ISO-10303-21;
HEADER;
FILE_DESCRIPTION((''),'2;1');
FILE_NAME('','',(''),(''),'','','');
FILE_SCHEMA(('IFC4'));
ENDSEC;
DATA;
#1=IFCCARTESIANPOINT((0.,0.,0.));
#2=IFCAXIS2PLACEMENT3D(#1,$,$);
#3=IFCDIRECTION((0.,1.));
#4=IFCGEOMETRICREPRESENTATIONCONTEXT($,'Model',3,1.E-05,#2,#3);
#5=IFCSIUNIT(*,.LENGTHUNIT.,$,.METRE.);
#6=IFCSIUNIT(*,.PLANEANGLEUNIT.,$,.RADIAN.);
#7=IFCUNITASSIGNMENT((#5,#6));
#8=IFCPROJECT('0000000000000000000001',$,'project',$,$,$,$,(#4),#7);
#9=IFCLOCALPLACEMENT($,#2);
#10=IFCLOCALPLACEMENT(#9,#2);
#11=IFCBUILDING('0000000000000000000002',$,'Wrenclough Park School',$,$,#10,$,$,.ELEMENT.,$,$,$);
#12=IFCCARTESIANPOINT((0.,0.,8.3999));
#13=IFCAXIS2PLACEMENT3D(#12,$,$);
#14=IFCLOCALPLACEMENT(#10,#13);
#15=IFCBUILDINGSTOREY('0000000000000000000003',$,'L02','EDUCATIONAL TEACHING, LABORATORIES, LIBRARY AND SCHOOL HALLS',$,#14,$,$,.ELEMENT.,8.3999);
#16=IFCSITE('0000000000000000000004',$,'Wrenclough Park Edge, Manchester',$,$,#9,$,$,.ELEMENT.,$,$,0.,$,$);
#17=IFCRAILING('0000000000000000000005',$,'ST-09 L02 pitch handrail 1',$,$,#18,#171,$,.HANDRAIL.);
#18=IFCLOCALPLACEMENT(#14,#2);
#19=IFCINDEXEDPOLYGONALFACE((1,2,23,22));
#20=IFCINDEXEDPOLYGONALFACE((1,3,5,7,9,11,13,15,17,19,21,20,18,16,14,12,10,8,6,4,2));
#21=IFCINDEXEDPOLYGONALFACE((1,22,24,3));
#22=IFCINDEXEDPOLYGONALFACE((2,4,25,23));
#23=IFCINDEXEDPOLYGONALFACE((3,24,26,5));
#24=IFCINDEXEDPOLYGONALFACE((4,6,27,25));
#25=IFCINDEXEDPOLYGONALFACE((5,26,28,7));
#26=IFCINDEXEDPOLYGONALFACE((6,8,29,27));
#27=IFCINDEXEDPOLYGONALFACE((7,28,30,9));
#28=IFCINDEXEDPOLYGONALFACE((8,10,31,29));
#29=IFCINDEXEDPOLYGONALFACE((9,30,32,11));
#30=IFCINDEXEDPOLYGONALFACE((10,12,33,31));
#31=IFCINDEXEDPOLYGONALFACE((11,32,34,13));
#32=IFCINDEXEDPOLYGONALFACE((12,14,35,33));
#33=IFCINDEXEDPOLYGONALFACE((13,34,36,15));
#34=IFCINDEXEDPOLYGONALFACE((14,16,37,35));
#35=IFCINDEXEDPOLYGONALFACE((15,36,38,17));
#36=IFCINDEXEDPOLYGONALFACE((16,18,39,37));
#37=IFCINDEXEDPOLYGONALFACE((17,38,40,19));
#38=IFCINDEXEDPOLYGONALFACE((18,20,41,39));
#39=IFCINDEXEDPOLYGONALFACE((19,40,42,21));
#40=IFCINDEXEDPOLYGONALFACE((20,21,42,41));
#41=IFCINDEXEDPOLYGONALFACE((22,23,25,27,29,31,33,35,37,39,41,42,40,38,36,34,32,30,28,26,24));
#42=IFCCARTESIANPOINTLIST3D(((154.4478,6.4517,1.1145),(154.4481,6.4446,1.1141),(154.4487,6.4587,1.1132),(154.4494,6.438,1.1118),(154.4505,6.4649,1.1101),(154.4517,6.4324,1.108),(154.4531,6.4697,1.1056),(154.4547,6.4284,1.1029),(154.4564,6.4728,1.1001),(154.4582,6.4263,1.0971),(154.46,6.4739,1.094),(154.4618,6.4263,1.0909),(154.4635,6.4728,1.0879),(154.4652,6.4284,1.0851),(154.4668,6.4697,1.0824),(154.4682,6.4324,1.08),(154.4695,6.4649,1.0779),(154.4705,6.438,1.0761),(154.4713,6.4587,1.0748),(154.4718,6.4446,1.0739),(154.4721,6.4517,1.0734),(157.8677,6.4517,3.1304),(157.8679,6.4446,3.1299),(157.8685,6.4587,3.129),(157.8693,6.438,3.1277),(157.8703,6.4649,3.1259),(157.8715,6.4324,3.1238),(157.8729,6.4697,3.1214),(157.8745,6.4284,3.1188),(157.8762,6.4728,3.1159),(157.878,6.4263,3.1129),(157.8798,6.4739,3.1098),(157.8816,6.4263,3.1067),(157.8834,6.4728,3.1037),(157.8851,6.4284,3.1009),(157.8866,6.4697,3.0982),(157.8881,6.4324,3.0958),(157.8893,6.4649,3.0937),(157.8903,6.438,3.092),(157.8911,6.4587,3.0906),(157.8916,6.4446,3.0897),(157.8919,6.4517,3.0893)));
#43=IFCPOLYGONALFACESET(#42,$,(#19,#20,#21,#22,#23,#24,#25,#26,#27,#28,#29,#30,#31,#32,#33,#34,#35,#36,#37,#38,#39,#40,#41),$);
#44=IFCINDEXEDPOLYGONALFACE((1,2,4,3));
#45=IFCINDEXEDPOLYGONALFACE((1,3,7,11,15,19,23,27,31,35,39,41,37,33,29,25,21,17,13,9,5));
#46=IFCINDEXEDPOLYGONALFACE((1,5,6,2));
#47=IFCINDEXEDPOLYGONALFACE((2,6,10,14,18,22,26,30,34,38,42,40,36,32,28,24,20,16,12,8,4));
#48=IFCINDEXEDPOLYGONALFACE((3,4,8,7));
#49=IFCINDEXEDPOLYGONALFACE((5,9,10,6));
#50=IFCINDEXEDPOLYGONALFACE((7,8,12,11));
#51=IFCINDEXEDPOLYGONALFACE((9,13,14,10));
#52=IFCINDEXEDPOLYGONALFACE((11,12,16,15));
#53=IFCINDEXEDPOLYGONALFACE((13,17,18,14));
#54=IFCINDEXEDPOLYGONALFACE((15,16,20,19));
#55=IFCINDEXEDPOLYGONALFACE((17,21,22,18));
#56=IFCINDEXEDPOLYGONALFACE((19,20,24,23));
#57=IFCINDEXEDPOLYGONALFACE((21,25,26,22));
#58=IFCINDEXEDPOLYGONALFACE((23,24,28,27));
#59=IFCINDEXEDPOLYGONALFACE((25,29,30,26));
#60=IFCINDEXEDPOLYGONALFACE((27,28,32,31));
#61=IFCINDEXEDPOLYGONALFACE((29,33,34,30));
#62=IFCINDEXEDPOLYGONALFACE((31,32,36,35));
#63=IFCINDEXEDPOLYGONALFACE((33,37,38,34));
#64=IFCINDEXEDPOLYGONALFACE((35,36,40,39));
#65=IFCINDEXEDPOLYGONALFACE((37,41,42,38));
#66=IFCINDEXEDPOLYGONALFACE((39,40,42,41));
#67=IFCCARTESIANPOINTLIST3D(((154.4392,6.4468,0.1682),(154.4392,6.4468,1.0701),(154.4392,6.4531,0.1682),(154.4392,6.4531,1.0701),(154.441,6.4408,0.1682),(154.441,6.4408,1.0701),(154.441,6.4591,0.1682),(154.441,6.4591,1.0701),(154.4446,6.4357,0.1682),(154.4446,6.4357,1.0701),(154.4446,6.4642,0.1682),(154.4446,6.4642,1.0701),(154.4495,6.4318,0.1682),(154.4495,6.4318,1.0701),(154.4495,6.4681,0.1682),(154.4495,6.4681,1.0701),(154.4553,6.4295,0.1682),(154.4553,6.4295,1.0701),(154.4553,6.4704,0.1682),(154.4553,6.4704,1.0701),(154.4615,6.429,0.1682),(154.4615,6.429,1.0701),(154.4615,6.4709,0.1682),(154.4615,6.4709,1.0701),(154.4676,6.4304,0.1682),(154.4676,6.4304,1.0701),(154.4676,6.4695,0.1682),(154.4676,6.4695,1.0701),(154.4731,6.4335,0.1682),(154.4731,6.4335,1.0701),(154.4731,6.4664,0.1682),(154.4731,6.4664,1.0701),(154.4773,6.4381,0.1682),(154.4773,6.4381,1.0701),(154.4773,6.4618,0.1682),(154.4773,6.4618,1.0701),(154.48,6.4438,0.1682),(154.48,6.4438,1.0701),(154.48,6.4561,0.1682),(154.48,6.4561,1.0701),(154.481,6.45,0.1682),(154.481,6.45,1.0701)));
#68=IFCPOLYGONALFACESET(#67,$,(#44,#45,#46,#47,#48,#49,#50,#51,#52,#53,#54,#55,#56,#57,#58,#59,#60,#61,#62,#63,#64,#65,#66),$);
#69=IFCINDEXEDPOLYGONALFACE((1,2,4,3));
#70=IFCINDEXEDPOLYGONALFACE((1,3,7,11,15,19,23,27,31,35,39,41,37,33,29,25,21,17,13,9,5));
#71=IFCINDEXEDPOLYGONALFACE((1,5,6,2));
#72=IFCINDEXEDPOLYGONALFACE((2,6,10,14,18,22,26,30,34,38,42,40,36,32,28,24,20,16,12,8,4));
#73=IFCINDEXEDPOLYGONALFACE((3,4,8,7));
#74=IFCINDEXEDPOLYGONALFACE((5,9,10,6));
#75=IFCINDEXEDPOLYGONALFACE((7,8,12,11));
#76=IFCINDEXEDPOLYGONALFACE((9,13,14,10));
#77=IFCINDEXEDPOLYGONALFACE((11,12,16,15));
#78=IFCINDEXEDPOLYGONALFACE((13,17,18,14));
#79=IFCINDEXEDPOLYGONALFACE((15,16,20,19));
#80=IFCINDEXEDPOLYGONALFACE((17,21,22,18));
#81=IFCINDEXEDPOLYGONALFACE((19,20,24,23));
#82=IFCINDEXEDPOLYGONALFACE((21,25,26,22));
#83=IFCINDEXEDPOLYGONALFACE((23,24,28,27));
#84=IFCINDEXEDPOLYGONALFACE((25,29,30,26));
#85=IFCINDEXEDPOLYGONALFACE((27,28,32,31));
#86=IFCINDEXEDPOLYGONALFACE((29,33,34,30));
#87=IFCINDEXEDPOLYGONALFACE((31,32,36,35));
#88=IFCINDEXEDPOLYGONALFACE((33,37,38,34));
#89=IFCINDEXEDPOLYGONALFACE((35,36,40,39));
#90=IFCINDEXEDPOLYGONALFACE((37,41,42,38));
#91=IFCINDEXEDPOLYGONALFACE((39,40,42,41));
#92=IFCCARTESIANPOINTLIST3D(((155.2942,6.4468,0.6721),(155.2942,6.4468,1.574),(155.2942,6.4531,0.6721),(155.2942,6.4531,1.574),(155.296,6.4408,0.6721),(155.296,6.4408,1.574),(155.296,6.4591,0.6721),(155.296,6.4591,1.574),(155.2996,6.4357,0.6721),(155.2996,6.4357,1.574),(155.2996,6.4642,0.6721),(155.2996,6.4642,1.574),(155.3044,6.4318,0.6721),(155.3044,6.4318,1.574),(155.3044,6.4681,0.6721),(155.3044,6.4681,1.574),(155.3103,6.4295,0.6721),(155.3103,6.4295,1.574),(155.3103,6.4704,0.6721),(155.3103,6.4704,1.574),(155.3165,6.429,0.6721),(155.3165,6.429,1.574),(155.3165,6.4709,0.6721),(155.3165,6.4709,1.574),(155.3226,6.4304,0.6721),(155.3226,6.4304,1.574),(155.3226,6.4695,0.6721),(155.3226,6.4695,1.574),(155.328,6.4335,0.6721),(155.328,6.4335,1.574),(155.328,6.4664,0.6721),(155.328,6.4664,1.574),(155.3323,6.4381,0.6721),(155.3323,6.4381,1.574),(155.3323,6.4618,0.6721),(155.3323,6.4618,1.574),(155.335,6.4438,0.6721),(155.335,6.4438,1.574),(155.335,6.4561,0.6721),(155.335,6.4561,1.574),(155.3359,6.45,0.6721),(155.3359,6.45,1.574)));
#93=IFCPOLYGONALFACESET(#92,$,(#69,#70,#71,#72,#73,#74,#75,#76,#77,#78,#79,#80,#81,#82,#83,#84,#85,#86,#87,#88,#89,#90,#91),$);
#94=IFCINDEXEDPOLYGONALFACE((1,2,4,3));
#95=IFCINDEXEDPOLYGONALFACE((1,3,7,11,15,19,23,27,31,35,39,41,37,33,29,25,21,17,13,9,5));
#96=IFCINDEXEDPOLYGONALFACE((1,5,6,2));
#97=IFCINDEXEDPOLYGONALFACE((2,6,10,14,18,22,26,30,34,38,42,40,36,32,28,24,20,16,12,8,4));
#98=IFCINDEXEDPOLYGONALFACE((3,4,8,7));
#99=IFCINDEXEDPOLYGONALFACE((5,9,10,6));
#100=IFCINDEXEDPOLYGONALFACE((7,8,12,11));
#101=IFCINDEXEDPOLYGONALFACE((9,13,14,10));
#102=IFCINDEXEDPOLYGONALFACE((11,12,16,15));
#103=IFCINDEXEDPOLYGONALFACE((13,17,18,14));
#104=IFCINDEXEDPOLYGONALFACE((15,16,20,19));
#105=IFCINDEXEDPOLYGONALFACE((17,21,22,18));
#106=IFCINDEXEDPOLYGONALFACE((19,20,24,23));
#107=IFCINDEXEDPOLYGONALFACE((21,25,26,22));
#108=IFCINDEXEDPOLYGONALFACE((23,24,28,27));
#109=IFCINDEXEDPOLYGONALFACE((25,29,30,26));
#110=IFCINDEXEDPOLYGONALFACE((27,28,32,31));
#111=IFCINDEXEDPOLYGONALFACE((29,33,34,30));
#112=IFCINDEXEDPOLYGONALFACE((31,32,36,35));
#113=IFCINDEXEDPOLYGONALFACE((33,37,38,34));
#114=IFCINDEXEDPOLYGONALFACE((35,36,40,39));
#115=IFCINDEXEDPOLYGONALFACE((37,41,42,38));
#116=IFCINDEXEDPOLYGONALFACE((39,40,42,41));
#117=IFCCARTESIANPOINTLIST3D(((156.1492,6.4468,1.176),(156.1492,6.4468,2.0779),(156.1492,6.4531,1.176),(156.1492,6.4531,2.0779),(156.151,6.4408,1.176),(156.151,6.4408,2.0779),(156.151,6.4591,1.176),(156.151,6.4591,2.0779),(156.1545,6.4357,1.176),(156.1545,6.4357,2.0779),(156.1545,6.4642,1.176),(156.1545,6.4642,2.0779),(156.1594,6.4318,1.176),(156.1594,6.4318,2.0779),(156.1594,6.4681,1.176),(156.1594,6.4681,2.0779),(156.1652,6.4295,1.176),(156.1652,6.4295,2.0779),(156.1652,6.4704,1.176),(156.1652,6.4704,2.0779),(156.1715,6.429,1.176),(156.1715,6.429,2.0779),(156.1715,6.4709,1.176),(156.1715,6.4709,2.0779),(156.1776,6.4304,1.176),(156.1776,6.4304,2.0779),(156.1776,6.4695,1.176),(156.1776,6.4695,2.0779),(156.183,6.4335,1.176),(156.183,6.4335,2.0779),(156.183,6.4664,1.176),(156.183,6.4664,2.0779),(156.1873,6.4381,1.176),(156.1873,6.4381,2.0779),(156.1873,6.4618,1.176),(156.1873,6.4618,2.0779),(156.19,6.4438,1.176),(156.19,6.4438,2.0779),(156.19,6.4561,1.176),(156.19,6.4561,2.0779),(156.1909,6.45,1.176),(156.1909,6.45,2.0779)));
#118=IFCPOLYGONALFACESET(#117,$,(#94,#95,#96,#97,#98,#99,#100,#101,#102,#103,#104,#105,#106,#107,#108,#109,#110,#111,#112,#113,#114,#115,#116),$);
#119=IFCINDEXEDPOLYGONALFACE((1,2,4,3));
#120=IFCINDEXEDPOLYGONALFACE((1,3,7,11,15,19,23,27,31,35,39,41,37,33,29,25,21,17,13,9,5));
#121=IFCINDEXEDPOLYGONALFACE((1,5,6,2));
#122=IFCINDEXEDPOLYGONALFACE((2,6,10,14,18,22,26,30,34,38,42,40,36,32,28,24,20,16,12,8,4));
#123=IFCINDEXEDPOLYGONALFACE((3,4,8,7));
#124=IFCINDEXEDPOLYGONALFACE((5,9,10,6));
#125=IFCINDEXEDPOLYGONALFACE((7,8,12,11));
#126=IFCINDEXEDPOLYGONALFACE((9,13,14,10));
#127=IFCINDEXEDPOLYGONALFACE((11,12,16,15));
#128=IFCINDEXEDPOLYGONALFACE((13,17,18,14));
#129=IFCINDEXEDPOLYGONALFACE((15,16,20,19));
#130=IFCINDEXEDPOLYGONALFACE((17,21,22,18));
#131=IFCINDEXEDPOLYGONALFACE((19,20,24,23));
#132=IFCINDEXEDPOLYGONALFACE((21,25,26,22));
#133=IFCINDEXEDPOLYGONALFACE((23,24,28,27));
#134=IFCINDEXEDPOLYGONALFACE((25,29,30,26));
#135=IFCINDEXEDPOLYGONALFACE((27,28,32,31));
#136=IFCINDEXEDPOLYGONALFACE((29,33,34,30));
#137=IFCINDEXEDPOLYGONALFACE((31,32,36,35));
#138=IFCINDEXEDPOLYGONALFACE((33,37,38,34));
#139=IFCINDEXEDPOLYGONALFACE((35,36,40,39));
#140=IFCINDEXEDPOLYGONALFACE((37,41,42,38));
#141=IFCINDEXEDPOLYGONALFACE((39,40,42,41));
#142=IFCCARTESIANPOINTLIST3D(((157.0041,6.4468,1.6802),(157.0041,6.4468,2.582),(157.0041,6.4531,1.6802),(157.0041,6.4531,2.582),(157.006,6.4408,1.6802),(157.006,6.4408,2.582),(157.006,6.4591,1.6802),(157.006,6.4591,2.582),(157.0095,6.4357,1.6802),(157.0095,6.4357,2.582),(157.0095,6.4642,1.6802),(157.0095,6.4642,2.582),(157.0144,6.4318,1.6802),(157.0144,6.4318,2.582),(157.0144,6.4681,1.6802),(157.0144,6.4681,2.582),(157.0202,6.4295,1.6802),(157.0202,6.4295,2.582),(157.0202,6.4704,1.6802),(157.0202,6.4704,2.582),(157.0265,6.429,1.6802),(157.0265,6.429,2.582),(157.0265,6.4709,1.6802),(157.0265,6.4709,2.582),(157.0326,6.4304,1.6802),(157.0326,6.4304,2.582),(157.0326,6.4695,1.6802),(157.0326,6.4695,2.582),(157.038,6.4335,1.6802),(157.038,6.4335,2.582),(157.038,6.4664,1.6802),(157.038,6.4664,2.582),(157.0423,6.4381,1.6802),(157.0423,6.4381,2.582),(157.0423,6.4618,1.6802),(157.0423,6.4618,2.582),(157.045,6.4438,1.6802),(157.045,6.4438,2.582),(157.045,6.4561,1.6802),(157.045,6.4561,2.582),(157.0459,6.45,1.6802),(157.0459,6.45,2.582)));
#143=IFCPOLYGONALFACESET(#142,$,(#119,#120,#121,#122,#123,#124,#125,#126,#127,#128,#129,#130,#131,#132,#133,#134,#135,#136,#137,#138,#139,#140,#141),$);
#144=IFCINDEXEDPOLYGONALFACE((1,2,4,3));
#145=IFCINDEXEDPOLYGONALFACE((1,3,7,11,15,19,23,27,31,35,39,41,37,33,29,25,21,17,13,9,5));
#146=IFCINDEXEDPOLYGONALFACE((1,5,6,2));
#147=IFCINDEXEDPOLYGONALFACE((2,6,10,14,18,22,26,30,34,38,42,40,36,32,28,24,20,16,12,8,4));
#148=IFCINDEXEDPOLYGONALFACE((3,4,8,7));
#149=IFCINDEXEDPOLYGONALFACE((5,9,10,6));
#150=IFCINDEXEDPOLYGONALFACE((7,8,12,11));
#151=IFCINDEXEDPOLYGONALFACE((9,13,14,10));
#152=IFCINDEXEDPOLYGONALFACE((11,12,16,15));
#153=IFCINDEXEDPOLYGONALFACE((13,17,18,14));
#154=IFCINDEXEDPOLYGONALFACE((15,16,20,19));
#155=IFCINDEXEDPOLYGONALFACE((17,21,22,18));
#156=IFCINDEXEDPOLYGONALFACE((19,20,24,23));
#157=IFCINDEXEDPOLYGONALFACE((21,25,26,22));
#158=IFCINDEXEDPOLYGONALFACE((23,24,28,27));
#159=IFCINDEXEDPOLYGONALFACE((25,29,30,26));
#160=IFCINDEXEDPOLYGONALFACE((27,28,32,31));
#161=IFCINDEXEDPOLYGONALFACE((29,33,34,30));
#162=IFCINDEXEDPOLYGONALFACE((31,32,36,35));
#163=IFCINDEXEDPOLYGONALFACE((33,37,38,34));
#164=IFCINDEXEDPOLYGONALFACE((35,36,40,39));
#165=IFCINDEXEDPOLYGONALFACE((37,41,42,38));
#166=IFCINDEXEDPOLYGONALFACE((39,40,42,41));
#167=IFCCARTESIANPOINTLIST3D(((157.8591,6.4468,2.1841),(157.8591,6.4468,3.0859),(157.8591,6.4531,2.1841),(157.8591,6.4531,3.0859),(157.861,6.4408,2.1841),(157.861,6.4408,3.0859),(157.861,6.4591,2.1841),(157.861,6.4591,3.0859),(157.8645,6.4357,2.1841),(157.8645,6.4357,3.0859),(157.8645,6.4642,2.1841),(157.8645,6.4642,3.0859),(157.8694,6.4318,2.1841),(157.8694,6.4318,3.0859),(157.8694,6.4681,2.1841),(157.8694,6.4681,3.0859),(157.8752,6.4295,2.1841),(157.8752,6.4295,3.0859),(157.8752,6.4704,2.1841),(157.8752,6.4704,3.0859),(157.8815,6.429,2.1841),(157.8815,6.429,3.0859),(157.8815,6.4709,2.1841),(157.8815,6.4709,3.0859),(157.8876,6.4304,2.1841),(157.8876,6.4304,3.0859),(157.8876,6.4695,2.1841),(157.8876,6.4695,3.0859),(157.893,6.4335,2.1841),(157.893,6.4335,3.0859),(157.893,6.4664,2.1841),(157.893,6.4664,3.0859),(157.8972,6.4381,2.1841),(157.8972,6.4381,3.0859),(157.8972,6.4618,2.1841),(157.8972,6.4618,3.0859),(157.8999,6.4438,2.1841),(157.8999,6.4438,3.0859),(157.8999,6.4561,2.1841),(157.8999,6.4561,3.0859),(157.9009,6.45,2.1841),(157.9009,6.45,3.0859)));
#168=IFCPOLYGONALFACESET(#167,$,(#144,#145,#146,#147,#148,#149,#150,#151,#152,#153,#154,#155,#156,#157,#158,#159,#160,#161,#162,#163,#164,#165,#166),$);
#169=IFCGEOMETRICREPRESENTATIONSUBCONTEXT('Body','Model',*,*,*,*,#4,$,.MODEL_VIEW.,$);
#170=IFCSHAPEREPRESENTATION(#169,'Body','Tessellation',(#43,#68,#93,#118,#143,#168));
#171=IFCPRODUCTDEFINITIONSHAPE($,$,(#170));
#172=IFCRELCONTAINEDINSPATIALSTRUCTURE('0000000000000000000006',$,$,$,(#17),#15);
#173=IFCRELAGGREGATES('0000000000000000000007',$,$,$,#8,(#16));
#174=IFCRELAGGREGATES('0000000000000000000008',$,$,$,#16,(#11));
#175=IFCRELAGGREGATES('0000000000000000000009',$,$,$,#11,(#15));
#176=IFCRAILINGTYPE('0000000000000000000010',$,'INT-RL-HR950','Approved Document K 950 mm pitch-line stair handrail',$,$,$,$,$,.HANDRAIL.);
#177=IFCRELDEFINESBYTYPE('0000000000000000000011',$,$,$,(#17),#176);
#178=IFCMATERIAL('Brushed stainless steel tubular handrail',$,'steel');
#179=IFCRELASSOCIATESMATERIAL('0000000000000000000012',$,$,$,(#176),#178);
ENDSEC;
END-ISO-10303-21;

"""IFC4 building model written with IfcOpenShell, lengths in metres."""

from ifc_helpers import new_model, si_unit, direction, frame, origin, origin_2d, place, context, subcontext, project, spatial, circle, extrude, material, type_object, element, save


model = new_model("IFC4")

# Units and contexts
model_context = context("Model", 3, precision=1e-05, world=origin(), true_north=direction((0.0, 1.0)))
body_context = subcontext(model_context, "Body", "Model", "MODEL_VIEW")
ifc_project = project(units=[si_unit("LENGTHUNIT", "METRE"), si_unit("PLANEANGLEUNIT", "RADIAN")], contexts=[model_context])

# Site, building, storey
site_placement = place(None, origin())
site = spatial("IfcSite", under=ifc_project, at=site_placement, Name="Wrenclough Park Edge, Manchester", CompositionType="ELEMENT", RefElevation=0.0)
building_placement = place(site_placement, origin())
building = spatial("IfcBuilding", under=site, at=building_placement, Name="Wrenclough Park School", CompositionType="ELEMENT")
storey_placement = place(building_placement, frame((0.0, 0.0, 8.3999)))
storey = spatial("IfcBuildingStorey", under=building, at=storey_placement, Name="L02", Description="EDUCATIONAL TEACHING, LABORATORIES, LIBRARY AND SCHOOL HALLS", CompositionType="ELEMENT", Elevation=8.3999)

# Railing
ifc_material_1 = material(Name="Brushed stainless steel tubular handrail", Category="steel")
railing_type_1 = type_object("IfcRailingType", Name="INT-RL-HR950", Description="Approved Document K 950 mm pitch-line stair handrail", PredefinedType="HANDRAIL", material=ifc_material_1)
railing_1_placement = place(storey_placement, frame((154.46, 6.45, 0.1682)))
element("IfcRailing", 1, at=railing_1_placement, inside=storey, type_object=railing_type_1, Name="ST-09 L02 pitch handrail 1", PredefinedType="HANDRAIL", context=body_context, shape_type="SweptSolid", body=[
    extrude(circle(Radius=0.0239, at=origin_2d()), frame((0.0, 0.0, 0.9258), z_axis=(0.861477, 0.0, 0.507797), x_axis=(0.0, 1.0, 0.0)), (0.0, 0.0, 1.0), 3.9697),
    extrude(circle(Radius=0.021, at=origin_2d()), origin(), (0.0, 0.0, 1.0), 0.9019),
    extrude(circle(Radius=0.021, at=origin_2d()), frame((0.855, 0.0, 0.5039)), (0.0, 0.0, 1.0), 0.9019),
    extrude(circle(Radius=0.021, at=origin_2d()), frame((1.71, 0.0, 1.0078)), (0.0, 0.0, 1.0), 0.9019),
    extrude(circle(Radius=0.021, at=origin_2d()), frame((2.5649, 0.0, 1.512)), (0.0, 0.0, 1.0), 0.9019),
    extrude(circle(Radius=0.021, at=origin_2d()), frame((3.4199, 0.0, 2.0159)), (0.0, 0.0, 1.0), 0.9019),
])

save(model, "model.ifc")
